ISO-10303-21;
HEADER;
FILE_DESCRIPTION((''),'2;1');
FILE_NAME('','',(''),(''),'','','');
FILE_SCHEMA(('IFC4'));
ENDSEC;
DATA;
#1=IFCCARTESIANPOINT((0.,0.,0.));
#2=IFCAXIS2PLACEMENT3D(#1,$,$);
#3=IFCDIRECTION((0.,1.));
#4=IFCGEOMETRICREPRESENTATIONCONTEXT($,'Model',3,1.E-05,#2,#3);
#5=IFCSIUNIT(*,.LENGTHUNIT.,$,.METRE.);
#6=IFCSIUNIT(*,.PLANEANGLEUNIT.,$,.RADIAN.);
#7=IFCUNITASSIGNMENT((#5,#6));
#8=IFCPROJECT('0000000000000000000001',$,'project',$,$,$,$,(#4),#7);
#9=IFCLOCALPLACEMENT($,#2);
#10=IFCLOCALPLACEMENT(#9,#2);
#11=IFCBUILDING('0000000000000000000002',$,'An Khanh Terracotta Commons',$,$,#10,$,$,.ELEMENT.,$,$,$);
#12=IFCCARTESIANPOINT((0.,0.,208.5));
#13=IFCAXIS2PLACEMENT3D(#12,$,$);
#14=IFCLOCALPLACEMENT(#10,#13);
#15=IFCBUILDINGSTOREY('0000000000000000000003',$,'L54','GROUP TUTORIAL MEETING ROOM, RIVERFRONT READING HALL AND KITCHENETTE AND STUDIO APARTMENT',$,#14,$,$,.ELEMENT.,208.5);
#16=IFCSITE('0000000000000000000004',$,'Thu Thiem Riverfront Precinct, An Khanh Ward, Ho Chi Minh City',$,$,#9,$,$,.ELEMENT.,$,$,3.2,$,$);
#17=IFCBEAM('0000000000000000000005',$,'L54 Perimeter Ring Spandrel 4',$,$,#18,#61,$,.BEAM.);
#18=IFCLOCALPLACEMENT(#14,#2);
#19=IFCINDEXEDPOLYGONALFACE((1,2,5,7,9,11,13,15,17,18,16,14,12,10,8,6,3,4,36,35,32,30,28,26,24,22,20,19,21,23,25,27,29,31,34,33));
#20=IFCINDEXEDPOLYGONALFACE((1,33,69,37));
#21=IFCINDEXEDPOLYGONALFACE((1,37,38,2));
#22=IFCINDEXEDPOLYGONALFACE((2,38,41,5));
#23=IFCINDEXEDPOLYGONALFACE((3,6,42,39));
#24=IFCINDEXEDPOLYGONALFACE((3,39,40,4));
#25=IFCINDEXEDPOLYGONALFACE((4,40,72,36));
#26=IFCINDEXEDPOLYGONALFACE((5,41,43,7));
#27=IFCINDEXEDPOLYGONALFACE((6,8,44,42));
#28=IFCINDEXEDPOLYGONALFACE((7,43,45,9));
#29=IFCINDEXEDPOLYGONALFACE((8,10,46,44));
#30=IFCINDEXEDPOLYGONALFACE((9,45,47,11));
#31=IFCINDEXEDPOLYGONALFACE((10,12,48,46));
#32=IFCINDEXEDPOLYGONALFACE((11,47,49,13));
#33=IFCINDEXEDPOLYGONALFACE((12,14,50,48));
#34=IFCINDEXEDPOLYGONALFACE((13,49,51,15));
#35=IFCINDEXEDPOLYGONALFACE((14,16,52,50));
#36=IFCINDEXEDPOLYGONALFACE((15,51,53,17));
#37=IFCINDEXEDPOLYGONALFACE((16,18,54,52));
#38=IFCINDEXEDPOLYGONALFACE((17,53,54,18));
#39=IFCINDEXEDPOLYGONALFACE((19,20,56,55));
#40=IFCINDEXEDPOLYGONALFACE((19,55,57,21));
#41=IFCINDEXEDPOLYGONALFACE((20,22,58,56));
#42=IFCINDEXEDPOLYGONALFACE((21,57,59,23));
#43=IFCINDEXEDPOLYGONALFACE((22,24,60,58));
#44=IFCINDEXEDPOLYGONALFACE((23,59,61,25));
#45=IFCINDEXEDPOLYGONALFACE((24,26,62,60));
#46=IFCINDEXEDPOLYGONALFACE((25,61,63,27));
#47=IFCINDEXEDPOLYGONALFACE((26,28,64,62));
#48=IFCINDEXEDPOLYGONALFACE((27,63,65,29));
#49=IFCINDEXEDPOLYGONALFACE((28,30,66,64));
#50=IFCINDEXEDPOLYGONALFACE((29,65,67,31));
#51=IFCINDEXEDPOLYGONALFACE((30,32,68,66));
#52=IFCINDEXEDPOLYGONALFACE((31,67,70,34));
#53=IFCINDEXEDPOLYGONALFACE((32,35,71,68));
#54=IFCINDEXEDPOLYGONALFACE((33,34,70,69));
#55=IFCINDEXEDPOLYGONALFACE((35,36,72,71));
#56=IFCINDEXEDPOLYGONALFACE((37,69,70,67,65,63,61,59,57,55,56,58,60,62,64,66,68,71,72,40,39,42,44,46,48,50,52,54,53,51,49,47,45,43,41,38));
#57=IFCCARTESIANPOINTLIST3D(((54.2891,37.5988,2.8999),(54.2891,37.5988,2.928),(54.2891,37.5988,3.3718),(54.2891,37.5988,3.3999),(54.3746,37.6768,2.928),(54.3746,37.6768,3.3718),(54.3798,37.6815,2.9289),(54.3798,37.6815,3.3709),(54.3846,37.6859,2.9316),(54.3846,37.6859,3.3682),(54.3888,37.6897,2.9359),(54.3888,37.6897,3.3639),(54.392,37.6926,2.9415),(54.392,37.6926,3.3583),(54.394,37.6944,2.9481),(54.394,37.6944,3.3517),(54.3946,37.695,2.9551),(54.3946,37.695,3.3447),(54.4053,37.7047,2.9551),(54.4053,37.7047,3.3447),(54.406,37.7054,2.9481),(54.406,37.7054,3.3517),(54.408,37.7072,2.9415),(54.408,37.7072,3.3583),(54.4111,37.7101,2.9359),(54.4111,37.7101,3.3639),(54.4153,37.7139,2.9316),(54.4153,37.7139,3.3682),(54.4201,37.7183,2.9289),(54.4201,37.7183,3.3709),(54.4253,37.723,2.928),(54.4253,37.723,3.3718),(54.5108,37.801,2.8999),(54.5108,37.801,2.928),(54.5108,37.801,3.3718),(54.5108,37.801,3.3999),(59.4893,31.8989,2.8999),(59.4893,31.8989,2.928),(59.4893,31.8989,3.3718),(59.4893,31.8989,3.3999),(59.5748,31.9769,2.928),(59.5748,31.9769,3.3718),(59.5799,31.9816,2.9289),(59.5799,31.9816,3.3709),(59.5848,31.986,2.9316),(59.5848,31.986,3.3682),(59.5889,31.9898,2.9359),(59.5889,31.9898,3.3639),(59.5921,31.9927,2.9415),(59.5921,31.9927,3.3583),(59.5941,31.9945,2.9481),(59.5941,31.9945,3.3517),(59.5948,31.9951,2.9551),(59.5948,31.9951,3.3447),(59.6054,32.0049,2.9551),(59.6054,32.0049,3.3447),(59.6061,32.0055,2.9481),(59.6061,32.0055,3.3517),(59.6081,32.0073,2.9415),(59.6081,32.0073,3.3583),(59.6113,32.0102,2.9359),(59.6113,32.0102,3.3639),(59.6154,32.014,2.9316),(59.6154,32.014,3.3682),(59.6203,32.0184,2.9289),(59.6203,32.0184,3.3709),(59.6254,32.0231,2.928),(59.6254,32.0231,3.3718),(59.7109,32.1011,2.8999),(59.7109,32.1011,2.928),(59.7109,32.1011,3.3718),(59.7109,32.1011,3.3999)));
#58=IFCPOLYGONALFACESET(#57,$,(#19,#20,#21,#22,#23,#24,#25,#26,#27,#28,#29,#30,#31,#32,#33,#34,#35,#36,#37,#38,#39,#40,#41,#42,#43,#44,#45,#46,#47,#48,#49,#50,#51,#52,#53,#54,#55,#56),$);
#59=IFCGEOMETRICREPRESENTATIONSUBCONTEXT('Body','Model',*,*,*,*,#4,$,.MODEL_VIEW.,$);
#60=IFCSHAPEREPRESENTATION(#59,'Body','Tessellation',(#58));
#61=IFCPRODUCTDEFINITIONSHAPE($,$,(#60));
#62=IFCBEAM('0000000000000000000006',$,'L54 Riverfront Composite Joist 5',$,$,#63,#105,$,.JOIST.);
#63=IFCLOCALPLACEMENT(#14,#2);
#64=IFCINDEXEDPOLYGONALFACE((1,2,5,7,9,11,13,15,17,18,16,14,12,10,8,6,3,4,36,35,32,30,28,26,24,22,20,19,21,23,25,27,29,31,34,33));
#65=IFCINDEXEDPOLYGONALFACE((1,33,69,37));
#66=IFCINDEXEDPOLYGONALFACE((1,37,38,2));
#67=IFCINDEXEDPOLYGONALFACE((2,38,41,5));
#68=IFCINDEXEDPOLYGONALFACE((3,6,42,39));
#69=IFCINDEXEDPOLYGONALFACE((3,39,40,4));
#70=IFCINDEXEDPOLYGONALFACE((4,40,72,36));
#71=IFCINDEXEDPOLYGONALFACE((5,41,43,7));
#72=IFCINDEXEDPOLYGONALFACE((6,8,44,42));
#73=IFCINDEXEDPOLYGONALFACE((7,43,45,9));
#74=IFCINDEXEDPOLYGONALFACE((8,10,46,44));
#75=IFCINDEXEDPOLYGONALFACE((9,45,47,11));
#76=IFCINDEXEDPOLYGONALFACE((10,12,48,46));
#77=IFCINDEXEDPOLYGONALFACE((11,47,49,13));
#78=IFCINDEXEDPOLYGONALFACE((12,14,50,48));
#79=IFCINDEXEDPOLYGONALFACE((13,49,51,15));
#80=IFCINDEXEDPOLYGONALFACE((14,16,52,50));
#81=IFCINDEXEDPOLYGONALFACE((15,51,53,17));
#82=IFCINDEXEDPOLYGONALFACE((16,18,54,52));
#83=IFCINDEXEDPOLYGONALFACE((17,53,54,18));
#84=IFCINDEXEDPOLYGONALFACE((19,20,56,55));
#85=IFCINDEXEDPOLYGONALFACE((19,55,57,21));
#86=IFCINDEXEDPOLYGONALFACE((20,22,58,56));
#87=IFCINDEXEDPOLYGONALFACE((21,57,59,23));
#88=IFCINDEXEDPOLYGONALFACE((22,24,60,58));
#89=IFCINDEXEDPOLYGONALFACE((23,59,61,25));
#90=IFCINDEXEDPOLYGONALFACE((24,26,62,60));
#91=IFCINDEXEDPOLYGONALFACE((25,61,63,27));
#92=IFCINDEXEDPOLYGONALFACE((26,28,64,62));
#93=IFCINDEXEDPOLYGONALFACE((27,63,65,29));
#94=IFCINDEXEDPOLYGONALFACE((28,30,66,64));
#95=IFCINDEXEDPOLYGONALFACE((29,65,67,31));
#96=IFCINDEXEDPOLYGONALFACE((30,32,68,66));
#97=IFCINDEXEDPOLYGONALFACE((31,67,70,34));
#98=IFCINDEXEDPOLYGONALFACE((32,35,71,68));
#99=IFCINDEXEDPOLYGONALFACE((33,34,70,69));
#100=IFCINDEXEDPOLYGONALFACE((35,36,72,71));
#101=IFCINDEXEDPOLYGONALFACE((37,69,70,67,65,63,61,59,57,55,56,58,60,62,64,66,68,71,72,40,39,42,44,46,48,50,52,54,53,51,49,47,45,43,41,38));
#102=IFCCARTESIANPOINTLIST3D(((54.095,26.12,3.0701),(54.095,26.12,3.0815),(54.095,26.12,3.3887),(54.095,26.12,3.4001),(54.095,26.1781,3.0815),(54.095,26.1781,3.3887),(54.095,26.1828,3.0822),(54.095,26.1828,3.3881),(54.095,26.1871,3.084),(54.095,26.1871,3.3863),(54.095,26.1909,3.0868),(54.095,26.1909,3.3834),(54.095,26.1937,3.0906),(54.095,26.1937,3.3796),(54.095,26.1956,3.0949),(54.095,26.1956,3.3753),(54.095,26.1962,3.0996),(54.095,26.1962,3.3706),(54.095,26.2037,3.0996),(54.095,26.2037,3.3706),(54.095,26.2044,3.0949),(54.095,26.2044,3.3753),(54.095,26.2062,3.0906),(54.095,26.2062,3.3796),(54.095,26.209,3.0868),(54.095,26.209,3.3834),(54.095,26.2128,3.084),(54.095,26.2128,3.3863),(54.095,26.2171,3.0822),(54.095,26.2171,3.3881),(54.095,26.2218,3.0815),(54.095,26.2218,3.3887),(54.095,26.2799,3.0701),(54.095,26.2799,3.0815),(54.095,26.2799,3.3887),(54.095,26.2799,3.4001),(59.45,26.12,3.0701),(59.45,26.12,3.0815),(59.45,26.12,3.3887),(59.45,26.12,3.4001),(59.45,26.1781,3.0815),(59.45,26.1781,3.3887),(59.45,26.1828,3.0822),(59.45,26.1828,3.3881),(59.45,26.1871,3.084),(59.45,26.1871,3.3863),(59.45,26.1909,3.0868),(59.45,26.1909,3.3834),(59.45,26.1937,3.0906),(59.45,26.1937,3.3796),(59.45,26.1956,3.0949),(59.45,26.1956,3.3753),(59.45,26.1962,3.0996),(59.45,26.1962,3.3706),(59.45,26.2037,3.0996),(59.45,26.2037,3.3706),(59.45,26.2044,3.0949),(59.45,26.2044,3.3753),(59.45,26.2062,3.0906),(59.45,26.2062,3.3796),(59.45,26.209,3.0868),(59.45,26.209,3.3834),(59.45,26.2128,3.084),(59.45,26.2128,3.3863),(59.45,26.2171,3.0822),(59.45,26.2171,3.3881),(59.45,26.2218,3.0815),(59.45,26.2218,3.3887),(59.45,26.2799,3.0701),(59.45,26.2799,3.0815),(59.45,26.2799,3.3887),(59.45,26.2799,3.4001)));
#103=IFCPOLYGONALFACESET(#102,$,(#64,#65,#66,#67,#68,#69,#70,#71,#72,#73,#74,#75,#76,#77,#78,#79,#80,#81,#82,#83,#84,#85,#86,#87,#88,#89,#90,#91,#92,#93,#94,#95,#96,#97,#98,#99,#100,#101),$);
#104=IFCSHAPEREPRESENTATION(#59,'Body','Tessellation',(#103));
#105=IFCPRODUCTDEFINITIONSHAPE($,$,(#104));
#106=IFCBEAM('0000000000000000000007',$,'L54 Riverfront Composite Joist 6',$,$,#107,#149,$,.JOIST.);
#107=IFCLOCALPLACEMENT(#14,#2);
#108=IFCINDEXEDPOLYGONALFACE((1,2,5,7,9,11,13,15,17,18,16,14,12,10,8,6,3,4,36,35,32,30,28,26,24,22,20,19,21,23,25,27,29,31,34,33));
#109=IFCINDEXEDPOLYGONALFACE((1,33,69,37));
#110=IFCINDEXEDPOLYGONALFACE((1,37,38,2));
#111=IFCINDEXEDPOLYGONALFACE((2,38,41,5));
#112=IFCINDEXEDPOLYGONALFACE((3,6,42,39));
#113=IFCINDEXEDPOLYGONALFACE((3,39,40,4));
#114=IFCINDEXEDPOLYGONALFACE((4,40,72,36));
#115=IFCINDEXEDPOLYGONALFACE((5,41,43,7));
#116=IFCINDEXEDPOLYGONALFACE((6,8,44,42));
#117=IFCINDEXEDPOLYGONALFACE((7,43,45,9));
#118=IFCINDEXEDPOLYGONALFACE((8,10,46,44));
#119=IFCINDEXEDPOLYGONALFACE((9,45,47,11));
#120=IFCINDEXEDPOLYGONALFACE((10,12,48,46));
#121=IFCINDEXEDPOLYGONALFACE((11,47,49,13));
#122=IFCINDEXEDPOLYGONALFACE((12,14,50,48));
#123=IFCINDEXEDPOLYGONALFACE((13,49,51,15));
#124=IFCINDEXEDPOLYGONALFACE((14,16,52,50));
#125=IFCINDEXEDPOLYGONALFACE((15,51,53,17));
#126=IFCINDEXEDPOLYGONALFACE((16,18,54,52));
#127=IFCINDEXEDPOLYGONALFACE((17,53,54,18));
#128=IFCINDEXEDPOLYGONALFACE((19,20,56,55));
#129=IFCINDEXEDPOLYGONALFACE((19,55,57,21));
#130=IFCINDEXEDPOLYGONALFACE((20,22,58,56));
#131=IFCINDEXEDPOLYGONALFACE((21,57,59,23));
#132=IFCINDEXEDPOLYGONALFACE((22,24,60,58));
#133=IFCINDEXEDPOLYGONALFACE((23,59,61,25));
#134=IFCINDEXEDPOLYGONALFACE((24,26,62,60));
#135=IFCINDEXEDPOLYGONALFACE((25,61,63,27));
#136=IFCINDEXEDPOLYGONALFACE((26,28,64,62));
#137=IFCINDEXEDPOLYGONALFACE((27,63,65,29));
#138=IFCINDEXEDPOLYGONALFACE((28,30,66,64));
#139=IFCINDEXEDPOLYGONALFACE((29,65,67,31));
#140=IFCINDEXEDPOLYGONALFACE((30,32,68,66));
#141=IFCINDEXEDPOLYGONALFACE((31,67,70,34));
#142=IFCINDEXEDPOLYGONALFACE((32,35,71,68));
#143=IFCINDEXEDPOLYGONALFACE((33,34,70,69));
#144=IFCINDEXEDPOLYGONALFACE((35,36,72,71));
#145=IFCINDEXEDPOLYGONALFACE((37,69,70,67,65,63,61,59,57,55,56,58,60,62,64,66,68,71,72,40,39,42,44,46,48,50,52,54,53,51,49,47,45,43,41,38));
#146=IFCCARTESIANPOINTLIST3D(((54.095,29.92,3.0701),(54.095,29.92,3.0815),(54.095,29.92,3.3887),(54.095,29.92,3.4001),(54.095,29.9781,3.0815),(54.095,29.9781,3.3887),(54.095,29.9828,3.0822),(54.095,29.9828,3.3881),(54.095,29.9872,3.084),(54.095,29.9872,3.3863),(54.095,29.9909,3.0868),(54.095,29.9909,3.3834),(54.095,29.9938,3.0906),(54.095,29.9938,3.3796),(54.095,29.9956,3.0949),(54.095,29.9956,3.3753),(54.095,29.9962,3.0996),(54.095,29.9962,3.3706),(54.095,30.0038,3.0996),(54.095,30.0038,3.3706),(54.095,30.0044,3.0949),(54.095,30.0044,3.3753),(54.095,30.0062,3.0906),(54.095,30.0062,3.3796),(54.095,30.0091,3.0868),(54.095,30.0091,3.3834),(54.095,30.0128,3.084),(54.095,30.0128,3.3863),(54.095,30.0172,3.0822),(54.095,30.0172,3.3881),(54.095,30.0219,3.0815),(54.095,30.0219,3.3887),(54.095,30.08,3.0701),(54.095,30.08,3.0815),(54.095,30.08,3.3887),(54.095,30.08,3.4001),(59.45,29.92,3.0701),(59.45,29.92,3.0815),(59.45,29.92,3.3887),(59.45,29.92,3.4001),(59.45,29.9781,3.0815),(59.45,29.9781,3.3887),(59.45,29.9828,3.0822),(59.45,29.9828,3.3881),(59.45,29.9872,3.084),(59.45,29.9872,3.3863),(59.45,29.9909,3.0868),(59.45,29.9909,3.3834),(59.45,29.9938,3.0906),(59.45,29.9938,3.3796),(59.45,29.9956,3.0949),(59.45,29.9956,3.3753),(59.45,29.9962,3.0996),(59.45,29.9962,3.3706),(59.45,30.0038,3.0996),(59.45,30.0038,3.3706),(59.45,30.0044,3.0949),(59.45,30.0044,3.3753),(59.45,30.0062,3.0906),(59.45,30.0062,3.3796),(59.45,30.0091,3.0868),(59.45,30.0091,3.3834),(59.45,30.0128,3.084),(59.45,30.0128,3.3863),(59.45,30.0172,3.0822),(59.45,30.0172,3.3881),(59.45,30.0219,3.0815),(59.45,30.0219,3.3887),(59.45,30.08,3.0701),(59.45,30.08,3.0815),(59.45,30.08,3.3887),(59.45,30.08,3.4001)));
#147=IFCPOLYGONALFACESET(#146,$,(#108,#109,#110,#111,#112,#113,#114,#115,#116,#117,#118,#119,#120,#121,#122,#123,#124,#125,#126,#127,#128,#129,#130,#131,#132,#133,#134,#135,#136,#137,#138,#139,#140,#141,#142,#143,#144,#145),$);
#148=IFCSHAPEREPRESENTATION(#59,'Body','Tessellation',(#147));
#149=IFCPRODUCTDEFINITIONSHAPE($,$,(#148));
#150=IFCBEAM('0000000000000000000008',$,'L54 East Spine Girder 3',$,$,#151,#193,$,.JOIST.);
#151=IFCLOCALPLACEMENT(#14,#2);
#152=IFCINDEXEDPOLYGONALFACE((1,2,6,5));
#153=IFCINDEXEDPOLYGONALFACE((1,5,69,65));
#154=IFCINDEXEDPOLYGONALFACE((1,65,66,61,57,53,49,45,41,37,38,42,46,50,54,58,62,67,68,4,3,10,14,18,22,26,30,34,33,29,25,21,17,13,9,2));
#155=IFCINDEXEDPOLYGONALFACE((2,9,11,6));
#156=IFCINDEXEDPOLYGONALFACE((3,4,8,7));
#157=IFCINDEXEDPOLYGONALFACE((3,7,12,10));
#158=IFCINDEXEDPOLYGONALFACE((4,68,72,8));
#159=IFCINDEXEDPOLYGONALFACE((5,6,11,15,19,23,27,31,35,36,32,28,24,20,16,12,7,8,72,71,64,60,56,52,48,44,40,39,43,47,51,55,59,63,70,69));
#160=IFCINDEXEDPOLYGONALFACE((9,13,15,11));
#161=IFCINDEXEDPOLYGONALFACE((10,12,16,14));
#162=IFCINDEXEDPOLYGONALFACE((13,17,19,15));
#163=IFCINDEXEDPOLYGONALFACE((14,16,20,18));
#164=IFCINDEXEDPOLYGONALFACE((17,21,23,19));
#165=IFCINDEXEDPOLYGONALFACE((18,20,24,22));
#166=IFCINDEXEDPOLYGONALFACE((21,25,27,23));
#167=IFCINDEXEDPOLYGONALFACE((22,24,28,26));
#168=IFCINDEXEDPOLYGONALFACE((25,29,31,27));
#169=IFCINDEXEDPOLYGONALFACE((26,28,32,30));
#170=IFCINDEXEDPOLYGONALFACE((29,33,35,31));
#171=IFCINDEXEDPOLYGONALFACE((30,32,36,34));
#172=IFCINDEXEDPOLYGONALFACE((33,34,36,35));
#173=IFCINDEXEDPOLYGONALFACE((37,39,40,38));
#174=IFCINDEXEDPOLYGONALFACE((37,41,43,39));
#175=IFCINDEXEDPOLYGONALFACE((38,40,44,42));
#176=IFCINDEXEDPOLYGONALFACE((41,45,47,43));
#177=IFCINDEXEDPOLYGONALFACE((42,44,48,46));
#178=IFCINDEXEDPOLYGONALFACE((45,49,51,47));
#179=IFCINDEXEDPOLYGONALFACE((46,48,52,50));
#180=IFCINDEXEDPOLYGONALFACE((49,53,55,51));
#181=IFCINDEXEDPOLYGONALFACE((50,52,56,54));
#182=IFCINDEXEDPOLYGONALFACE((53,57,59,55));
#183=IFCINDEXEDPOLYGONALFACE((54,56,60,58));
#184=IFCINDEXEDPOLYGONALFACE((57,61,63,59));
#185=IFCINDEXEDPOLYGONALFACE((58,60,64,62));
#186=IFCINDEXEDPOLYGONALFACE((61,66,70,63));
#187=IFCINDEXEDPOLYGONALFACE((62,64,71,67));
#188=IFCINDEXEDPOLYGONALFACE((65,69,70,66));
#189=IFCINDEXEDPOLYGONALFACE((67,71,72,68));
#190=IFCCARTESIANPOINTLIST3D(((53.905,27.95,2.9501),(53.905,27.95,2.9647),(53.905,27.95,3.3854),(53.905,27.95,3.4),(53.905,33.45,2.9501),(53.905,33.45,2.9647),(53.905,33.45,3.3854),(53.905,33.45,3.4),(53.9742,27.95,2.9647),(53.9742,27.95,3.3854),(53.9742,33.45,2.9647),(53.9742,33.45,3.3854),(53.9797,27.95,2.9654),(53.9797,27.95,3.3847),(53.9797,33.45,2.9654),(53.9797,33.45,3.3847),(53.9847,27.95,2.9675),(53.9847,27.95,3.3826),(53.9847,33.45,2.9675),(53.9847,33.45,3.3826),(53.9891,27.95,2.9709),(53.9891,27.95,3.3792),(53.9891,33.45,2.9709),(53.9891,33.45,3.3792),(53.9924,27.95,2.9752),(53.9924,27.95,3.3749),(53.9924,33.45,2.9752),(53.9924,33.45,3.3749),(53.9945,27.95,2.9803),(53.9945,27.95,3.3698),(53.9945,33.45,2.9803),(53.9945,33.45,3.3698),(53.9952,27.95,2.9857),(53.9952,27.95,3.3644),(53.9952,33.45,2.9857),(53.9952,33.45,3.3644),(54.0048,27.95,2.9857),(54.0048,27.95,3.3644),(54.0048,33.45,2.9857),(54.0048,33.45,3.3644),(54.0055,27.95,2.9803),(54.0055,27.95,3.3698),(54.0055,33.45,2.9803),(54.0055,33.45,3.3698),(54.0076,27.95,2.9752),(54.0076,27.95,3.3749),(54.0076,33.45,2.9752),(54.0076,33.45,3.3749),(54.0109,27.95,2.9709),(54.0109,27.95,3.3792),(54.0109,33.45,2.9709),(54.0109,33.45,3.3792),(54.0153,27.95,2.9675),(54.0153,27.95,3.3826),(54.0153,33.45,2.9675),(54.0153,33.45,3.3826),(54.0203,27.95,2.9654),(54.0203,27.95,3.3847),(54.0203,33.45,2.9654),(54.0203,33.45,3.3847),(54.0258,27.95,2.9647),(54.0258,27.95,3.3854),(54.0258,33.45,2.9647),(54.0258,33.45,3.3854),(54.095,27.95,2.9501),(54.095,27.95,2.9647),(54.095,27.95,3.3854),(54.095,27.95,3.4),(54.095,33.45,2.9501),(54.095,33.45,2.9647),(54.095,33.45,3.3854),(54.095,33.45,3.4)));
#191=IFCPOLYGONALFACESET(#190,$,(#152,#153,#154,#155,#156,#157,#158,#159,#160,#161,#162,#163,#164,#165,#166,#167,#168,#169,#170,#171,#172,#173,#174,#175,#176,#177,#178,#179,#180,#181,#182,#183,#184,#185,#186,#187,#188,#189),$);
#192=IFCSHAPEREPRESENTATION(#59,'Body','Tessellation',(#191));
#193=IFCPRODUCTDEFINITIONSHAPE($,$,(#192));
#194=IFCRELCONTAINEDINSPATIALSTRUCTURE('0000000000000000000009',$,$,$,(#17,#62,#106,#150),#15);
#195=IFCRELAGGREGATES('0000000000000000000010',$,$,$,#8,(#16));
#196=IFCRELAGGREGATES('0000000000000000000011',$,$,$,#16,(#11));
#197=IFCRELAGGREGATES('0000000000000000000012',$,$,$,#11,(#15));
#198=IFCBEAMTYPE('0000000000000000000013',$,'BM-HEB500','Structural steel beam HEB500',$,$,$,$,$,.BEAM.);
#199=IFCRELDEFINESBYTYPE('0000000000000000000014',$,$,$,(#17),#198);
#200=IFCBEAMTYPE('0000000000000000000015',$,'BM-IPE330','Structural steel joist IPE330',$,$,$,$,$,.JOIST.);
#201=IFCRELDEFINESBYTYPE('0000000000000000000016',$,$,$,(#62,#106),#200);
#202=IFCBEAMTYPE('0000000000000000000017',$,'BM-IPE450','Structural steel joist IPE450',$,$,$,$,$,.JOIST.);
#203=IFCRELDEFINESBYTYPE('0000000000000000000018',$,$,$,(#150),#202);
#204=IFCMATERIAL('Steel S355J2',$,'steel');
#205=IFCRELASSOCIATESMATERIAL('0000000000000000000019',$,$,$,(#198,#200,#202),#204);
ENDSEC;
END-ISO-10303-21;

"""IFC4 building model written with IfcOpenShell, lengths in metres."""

from ifc_helpers import new_model, si_unit, direction, frame, origin, origin_2d, place, context, subcontext, project, spatial, i_section, extrude, material, material_profile, profile_set, type_object, element, save


model = new_model("IFC4")

# Units and contexts
model_context = context("Model", 3, precision=1e-05, world=origin(), true_north=direction((0.0, 1.0)))
body_context = subcontext(model_context, "Body", "Model", "MODEL_VIEW")
ifc_project = project(units=[si_unit("LENGTHUNIT", "METRE"), si_unit("PLANEANGLEUNIT", "RADIAN")], contexts=[model_context])

# Site, building, storey
site_placement = place(None, origin())
site = spatial("IfcSite", under=ifc_project, at=site_placement, Name="Thu Thiem Riverfront Precinct, An Khanh Ward, Ho Chi Minh City", CompositionType="ELEMENT", RefElevation=3.2)
building_placement = place(site_placement, origin())
building = spatial("IfcBuilding", under=site, at=building_placement, Name="An Khanh Terracotta Commons", CompositionType="ELEMENT")
storey_placement = place(building_placement, frame((0.0, 0.0, 208.5)))
storey = spatial("IfcBuildingStorey", under=building, at=storey_placement, Name="L54", Description="GROUP TUTORIAL MEETING ROOM, RIVERFRONT READING HALL AND KITCHENETTE AND STUDIO APARTMENT", CompositionType="ELEMENT", Elevation=208.5)

# Beams
ifc_material_1 = material(Name="Steel S355J2", Category="steel")
ifc_material_profile_1 = material_profile(ifc_material_1, i_section(OverallWidth=0.3, OverallDepth=0.5, WebThickness=0.0144, FlangeThickness=0.0281, FilletRadius=0.0271, at=origin_2d()), Name="HEB500")
ifc_profile_set_1 = profile_set([ifc_material_profile_1], Name="Steel S355J2")
beam_type_1 = type_object("IfcBeamType", Name="BM-HEB500", Description="Structural steel beam HEB500", PredefinedType="BEAM", material=ifc_profile_set_1)
beam_1_placement = place(storey_placement, frame((59.6001, 32.0, 3.1499), z_axis=(-0.673979, 0.738751, 0.0), x_axis=(-0.738751, -0.673979, 0.0)))
element("IfcBeam", 1, at=beam_1_placement, inside=storey, type_object=beam_type_1, Name="L54 Perimeter Ring Spandrel 4", PredefinedType="BEAM", context=body_context, shape_type="SweptSolid", body=[
    extrude(i_section(OverallWidth=0.3, OverallDepth=0.5, WebThickness=0.0144, FlangeThickness=0.0281, FilletRadius=0.0271, at=origin_2d()), origin(), (0.0, 0.0, 1.0), 7.7156),
])
ifc_material_profile_2 = material_profile(ifc_material_1, i_section(OverallWidth=0.1599, OverallDepth=0.3301, WebThickness=0.0076, FlangeThickness=0.0115, FilletRadius=0.0181, at=origin_2d()), Name="IPE330")
ifc_profile_set_2 = profile_set([ifc_material_profile_2], Name="Steel S355J2")
beam_type_2 = type_object("IfcBeamType", Name="BM-IPE330", Description="Structural steel joist IPE330", PredefinedType="JOIST", material=ifc_profile_set_2)
for number, where, z_axis, x_axis, name in (
    (2, (54.095, 26.2, 3.2351), (1.0, 0.0, 0.0), (0.0, 1.0, 0.0), "L54 Riverfront Composite Joist 5"),
    (3, (54.095, 30.0, 3.2351), (1.0, 0.0, 0.0), (0.0, 1.0, 0.0), "L54 Riverfront Composite Joist 6"),
):
    element("IfcBeam", number, at=place(storey_placement, frame(where, z_axis=z_axis, x_axis=x_axis)), inside=storey, type_object=beam_type_2, Name=name, PredefinedType="JOIST", context=body_context, shape_type="SweptSolid", body=[
        extrude(i_section(OverallWidth=0.1599, OverallDepth=0.3301, WebThickness=0.0076, FlangeThickness=0.0115, FilletRadius=0.0181, at=origin_2d()), origin(), (0.0, 0.0, 1.0), 5.355),
    ])
ifc_material_profile_3 = material_profile(ifc_material_1, i_section(OverallWidth=0.1899, OverallDepth=0.45, WebThickness=0.0095, FlangeThickness=0.0146, FilletRadius=0.021, at=origin_2d()), Name="IPE450")
ifc_profile_set_3 = profile_set([ifc_material_profile_3], Name="Steel S355J2")
beam_type_3 = type_object("IfcBeamType", Name="BM-IPE450", Description="Structural steel joist IPE450", PredefinedType="JOIST", material=ifc_profile_set_3)
beam_2_placement = place(storey_placement, frame((54.0, 27.95, 3.175), z_axis=(0.0, 1.0, 0.0), x_axis=(-1.0, 0.0, 0.0)))
element("IfcBeam", 4, at=beam_2_placement, inside=storey, type_object=beam_type_3, Name="L54 East Spine Girder 3", PredefinedType="JOIST", context=body_context, shape_type="SweptSolid", body=[
    extrude(i_section(OverallWidth=0.1899, OverallDepth=0.45, WebThickness=0.0095, FlangeThickness=0.0146, FilletRadius=0.021, at=origin_2d()), origin(), (0.0, 0.0, 1.0), 5.5),
])

save(model, "model.ifc")
